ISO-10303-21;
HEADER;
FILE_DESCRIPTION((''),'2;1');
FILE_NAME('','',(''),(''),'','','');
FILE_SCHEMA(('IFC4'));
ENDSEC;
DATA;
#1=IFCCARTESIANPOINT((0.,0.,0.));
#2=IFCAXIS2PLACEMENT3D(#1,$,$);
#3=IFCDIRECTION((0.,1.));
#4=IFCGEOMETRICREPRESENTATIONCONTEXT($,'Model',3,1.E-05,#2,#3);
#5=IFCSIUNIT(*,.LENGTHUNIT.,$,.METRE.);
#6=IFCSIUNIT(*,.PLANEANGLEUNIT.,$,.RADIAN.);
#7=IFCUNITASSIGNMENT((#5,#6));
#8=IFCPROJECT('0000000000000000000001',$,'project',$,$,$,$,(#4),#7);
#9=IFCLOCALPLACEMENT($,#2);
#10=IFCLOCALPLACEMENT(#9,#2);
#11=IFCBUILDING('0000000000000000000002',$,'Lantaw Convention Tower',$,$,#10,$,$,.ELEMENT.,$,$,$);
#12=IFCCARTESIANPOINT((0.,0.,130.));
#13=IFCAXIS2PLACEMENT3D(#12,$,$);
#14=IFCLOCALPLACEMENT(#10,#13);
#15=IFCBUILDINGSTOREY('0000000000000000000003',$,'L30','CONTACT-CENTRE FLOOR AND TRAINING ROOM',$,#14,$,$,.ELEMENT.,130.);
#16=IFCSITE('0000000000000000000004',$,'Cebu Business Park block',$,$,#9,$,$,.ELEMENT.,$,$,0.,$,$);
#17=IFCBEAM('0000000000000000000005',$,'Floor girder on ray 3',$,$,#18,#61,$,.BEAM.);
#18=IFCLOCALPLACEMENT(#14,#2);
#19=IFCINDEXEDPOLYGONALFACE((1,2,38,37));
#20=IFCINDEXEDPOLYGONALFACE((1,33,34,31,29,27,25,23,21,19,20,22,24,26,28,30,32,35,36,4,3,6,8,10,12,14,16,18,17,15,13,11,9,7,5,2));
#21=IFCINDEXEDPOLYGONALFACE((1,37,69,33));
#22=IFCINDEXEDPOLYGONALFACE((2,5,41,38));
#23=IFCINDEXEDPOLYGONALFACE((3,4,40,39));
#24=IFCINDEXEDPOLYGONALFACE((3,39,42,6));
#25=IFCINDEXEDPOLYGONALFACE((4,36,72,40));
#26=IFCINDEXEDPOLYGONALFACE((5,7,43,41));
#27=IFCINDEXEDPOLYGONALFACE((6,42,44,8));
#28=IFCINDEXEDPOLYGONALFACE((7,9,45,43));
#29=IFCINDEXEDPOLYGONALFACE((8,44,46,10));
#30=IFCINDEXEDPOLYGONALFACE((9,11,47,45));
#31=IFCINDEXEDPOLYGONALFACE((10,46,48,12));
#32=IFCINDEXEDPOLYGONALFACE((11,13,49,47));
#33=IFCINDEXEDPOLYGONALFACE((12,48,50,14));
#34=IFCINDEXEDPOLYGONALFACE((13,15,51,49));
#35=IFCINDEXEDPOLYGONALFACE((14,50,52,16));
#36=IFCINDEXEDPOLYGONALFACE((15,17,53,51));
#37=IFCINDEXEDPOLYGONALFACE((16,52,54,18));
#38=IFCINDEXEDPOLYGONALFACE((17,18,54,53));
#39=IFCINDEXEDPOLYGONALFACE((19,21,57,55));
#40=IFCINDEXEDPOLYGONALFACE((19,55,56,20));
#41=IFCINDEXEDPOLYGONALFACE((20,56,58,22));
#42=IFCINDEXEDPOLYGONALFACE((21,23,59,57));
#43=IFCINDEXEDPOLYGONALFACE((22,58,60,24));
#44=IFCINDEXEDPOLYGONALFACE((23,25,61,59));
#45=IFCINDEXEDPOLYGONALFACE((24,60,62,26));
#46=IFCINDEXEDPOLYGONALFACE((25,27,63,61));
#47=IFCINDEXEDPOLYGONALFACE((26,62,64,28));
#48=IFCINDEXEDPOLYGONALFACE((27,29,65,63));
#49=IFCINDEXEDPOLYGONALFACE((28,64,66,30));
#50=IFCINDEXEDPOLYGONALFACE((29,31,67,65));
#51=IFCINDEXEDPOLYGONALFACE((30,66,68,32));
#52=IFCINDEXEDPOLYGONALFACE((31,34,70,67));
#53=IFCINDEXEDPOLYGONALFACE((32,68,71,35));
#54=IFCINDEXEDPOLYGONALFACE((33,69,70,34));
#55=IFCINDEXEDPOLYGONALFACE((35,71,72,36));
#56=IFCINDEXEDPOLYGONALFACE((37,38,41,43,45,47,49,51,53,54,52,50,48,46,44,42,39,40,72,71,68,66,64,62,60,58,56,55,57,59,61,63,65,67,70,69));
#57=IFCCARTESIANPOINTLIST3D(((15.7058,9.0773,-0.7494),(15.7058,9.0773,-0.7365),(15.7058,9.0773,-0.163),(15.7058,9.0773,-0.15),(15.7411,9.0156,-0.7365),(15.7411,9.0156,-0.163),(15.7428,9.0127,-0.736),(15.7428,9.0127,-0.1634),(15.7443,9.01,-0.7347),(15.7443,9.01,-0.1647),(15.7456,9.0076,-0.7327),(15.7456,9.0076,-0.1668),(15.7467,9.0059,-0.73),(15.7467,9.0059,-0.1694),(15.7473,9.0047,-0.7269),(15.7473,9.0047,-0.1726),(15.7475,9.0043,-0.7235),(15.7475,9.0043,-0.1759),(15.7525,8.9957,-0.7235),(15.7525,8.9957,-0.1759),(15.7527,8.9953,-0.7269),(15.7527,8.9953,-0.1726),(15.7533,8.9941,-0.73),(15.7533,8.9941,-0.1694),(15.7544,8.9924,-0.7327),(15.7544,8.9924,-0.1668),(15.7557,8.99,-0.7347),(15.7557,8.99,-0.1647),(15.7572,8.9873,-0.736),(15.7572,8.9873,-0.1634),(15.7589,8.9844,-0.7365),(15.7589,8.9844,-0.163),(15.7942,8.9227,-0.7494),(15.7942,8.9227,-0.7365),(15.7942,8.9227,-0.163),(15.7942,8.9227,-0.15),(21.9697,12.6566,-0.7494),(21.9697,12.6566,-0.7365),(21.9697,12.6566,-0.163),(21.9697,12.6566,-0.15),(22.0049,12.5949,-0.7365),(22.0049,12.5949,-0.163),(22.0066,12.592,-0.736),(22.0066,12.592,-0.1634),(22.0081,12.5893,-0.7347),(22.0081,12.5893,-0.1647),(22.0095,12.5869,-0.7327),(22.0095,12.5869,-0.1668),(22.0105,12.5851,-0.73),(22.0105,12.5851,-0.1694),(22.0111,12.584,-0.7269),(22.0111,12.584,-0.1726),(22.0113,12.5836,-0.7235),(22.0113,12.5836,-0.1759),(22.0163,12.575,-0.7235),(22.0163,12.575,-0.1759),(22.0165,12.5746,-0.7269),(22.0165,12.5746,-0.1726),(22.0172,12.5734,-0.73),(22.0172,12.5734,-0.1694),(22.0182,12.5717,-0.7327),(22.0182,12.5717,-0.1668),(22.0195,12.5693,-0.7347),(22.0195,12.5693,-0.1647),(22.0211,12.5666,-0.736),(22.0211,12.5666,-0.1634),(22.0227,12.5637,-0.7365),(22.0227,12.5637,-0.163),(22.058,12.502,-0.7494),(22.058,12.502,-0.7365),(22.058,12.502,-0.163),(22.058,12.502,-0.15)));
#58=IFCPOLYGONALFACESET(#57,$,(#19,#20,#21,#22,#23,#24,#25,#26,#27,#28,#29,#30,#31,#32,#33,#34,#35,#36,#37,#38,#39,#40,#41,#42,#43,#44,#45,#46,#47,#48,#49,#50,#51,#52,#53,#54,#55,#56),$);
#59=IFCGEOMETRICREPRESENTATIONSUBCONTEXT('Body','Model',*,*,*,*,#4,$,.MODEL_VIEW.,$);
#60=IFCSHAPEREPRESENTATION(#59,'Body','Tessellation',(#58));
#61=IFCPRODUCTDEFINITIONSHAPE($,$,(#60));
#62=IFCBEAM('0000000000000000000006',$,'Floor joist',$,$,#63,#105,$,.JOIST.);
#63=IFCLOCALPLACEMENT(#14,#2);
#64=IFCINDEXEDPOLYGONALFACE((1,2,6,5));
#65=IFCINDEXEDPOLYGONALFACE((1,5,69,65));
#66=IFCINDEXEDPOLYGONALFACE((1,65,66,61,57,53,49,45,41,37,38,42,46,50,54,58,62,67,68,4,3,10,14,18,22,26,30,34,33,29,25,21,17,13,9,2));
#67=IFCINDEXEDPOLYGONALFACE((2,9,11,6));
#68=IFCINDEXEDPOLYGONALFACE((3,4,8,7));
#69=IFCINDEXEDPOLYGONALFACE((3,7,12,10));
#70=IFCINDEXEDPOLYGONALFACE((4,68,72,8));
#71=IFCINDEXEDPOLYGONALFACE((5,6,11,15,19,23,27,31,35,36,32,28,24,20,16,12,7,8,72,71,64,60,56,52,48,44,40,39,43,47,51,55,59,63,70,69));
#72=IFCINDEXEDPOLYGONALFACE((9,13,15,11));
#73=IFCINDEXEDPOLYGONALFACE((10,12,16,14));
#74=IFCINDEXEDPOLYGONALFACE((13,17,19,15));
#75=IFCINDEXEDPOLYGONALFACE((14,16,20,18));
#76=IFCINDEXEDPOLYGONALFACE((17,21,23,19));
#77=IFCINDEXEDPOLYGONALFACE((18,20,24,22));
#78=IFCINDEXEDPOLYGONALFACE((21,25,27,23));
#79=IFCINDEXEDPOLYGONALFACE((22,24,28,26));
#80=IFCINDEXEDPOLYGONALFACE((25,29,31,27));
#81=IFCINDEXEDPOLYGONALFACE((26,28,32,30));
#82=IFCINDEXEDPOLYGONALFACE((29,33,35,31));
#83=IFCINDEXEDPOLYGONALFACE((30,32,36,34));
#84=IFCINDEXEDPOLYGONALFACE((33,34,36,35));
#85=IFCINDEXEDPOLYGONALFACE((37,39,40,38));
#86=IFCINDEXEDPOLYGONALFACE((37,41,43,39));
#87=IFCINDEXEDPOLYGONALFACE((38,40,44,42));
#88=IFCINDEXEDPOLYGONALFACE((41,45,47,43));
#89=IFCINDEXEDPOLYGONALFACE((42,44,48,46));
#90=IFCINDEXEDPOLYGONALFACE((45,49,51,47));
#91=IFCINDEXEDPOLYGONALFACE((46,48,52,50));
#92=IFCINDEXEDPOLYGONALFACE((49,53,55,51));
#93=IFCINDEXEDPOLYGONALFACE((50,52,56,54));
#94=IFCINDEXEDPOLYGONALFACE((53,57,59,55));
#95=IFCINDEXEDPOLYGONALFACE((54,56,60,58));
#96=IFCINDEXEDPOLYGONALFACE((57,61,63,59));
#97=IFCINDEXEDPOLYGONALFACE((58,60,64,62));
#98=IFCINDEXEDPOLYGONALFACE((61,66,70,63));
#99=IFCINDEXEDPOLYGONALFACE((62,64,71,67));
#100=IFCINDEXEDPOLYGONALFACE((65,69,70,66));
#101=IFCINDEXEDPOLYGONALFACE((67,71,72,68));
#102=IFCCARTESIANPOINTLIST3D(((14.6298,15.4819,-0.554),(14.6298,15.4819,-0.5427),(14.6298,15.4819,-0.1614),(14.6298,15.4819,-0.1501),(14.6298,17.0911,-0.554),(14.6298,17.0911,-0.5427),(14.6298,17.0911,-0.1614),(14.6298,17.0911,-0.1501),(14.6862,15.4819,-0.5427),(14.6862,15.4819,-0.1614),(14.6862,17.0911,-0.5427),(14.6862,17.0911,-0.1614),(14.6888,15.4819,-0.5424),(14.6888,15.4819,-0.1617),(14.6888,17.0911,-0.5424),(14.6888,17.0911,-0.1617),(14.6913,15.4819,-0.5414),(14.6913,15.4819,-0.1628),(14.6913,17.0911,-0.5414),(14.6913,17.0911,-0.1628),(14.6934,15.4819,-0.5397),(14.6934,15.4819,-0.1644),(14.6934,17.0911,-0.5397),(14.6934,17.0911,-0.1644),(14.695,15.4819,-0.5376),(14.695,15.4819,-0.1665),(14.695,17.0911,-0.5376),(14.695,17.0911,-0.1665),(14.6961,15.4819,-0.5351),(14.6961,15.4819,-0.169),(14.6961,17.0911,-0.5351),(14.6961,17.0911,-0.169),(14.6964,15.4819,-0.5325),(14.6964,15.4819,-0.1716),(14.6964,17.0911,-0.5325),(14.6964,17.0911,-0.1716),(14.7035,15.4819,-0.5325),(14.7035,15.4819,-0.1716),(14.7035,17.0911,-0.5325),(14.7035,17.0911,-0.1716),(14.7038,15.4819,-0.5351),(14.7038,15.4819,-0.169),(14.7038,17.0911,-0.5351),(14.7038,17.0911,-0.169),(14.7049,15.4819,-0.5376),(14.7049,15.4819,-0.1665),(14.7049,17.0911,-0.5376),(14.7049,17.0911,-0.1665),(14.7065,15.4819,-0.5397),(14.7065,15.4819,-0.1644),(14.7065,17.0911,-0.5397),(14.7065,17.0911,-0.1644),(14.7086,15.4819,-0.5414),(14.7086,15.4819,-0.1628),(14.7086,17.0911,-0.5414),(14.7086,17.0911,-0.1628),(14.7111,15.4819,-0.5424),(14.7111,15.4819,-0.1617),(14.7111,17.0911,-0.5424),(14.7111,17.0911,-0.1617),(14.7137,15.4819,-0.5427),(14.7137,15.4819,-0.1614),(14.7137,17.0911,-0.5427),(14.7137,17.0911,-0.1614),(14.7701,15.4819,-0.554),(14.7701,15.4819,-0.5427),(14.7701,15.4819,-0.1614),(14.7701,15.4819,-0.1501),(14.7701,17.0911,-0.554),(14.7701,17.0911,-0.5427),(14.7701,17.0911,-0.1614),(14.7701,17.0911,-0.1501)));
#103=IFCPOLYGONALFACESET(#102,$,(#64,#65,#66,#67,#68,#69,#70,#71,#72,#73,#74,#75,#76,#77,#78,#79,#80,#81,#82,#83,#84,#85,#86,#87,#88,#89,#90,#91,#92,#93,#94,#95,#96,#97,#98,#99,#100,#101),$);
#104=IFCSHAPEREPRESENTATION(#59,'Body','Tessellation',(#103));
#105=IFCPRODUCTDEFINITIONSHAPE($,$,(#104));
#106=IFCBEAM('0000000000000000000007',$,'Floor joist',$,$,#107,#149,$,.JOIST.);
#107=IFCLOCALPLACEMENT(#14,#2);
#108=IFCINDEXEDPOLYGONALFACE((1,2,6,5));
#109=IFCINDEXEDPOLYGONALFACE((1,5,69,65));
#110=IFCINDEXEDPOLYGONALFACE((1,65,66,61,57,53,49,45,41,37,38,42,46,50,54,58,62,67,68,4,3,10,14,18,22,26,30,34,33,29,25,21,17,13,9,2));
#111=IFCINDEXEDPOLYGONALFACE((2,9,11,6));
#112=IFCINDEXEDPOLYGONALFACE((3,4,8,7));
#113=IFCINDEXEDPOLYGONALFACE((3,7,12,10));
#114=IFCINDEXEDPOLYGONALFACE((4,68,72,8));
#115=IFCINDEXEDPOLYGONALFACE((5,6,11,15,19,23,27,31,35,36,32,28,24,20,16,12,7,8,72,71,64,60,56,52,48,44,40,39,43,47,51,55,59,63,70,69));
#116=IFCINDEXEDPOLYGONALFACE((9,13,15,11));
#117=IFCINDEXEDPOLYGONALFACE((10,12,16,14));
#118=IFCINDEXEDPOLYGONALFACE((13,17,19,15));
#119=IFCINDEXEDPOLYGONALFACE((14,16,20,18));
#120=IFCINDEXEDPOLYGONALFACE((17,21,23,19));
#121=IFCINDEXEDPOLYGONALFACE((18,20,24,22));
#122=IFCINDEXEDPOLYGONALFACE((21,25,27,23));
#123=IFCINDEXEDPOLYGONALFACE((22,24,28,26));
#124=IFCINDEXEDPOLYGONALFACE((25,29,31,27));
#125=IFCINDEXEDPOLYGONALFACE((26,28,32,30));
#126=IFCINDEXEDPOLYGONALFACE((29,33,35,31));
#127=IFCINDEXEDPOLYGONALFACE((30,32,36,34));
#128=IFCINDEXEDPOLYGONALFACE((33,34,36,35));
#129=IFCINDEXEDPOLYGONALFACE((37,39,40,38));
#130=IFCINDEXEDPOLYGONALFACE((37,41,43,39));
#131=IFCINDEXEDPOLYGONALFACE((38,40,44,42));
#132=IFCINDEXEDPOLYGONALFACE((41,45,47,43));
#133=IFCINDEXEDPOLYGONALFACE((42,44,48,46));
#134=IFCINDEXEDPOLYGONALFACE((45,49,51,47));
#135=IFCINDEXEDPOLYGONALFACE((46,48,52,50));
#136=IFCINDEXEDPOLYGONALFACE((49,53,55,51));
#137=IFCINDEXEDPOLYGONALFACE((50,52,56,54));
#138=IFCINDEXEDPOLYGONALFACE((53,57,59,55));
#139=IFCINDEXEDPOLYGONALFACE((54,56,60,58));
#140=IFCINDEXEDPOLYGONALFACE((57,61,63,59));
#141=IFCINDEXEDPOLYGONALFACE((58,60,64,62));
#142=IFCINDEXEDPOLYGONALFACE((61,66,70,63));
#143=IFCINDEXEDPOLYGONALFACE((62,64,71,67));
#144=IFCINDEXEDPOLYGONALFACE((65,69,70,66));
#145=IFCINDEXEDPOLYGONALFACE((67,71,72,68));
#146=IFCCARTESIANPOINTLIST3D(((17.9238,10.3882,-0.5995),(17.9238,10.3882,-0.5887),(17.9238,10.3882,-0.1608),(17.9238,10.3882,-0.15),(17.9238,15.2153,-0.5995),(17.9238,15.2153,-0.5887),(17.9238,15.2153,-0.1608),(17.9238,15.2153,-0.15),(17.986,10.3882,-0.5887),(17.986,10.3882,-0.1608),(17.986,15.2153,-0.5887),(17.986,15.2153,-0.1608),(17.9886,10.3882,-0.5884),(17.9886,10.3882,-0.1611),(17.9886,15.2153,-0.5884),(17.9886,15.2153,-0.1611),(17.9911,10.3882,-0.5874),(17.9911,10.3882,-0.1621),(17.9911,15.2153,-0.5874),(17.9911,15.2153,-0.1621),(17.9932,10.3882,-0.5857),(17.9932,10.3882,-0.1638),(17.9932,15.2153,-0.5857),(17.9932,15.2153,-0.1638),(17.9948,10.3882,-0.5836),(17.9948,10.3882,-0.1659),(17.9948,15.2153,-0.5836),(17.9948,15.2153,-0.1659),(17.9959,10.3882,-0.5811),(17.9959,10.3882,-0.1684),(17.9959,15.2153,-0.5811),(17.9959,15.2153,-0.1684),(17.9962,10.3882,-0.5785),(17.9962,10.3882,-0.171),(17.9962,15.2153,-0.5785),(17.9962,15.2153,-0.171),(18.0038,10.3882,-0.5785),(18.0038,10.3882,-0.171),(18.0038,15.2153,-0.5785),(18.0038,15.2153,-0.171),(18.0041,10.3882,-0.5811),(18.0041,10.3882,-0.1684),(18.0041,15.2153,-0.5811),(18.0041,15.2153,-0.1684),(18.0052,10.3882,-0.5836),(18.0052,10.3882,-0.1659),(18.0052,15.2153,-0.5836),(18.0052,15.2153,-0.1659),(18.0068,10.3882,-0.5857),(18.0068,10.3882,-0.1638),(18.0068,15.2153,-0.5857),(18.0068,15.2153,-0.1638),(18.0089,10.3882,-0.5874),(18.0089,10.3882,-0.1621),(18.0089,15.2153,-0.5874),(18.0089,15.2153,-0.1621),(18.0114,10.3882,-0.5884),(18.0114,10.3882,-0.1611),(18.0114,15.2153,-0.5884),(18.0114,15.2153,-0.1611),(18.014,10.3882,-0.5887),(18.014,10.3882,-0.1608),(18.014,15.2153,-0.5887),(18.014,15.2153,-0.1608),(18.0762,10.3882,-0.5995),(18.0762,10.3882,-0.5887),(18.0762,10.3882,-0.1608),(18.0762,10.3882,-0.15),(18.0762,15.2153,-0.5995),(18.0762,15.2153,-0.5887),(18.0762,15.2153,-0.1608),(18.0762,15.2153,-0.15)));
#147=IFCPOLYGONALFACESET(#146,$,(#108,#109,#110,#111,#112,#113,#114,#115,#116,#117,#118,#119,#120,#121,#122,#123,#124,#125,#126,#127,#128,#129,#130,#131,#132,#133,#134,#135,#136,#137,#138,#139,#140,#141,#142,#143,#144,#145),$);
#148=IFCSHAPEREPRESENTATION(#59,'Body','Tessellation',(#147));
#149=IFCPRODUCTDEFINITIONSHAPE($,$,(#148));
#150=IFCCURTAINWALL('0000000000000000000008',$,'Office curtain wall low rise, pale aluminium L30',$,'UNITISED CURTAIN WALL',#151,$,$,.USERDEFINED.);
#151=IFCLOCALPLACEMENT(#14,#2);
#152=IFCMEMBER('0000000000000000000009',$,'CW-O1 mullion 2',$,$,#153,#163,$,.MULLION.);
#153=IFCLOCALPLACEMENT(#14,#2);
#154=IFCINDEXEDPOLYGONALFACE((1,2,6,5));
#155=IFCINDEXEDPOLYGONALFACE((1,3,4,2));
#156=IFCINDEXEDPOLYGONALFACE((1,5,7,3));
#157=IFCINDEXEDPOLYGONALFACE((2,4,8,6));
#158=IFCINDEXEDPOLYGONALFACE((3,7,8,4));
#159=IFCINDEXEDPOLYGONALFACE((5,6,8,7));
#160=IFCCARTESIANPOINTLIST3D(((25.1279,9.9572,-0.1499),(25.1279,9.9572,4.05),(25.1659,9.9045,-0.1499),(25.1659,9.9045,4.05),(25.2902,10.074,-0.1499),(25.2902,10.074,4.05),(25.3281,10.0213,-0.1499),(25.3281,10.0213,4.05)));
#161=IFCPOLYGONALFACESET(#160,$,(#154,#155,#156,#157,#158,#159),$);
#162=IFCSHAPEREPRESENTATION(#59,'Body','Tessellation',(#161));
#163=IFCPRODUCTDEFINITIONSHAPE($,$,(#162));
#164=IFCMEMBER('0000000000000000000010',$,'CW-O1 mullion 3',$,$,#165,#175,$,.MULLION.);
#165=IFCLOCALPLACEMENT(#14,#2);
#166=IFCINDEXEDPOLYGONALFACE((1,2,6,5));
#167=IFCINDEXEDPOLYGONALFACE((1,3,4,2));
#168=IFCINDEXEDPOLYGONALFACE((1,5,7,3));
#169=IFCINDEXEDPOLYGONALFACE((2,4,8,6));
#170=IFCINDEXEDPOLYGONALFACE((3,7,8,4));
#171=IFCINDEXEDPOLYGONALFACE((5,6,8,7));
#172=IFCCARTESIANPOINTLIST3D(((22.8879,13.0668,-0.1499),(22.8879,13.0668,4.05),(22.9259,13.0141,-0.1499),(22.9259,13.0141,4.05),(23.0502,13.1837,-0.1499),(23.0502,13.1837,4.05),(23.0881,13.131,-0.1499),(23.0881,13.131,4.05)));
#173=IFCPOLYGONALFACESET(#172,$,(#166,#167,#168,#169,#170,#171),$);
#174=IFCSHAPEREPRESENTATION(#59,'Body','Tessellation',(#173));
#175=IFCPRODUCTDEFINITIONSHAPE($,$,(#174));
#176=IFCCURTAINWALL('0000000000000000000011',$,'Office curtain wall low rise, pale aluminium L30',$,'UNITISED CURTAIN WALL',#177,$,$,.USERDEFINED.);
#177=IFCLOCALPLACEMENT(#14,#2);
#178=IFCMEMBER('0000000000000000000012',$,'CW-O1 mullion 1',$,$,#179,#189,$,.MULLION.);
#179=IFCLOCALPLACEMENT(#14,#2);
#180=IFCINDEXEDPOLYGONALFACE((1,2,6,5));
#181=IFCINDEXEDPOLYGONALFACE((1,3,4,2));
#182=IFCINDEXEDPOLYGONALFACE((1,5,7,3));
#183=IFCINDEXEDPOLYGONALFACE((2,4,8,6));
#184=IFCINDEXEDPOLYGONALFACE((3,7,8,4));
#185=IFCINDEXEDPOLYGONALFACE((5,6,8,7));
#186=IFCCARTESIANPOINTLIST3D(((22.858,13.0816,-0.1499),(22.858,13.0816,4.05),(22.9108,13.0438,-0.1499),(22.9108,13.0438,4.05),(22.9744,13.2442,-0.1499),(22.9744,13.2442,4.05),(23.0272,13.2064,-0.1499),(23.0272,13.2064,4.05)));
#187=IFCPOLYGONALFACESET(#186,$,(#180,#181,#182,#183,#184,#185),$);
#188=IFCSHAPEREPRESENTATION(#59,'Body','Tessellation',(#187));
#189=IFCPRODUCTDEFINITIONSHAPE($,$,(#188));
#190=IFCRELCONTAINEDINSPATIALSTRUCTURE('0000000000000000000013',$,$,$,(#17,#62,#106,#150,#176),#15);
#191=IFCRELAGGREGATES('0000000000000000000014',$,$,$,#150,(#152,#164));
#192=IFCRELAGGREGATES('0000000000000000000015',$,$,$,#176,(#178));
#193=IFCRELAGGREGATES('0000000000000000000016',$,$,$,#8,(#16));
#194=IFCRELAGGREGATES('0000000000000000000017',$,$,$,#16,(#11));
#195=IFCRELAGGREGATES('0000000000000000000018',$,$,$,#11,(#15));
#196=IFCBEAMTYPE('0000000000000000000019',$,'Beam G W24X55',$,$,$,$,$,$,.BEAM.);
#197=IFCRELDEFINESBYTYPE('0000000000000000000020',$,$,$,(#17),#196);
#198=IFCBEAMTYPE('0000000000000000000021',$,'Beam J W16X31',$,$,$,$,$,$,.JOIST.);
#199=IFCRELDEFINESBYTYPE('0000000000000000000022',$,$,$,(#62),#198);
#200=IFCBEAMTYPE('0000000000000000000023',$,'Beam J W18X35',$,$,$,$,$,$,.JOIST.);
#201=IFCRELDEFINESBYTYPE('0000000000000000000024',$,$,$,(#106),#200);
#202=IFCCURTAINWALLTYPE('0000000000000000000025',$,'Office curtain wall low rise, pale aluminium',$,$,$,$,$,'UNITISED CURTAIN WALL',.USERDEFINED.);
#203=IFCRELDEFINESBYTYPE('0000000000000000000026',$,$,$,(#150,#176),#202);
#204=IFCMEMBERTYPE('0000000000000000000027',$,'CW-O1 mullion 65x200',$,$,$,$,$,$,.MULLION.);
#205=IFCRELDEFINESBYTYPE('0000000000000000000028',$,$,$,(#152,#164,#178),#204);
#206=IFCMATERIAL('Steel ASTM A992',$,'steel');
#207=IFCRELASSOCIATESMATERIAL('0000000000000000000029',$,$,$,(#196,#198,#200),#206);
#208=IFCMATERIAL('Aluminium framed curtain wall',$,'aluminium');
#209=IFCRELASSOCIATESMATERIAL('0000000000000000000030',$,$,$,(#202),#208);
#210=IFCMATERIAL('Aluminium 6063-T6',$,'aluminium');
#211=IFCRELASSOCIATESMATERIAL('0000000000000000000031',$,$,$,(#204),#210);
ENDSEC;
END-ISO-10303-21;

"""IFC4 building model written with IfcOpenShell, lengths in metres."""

from ifc_helpers import new_model, si_unit, direction, frame, origin, origin_2d, place, context, subcontext, project, spatial, rectangle, i_section, extrude, material, material_profile, profile_set, type_object, element, aggregate, save


model = new_model("IFC4")

# Units and contexts
model_context = context("Model", 3, precision=1e-05, world=origin(), true_north=direction((0.0, 1.0)))
body_context = subcontext(model_context, "Body", "Model", "MODEL_VIEW")
ifc_project = project(units=[si_unit("LENGTHUNIT", "METRE"), si_unit("PLANEANGLEUNIT", "RADIAN")], contexts=[model_context])

# Site, building, storey
site_placement = place(None, origin())
site = spatial("IfcSite", under=ifc_project, at=site_placement, Name="Cebu Business Park block", CompositionType="ELEMENT", RefElevation=0.0)
building_placement = place(site_placement, origin())
building = spatial("IfcBuilding", under=site, at=building_placement, Name="Lantaw Convention Tower", CompositionType="ELEMENT")
storey_placement = place(building_placement, frame((0.0, 0.0, 130.0)))
storey = spatial("IfcBuildingStorey", under=building, at=storey_placement, Name="L30", Description="CONTACT-CENTRE FLOOR AND TRAINING ROOM", CompositionType="ELEMENT", Elevation=130.0)

# Beams
ifc_material_1 = material(Name="Steel ASTM A992", Category="steel")
ifc_material_profile_1 = material_profile(ifc_material_1, i_section(OverallWidth=0.178, OverallDepth=0.5994, WebThickness=0.01, FlangeThickness=0.0129, FilletRadius=0.0129, at=origin_2d()), Name="W24X55")
ifc_profile_set_1 = profile_set([ifc_material_profile_1], Name="Steel ASTM A992")
beam_type_1 = type_object("IfcBeamType", Name="Beam G W24X55", PredefinedType="BEAM", material=ifc_profile_set_1)
beam_1_placement = place(storey_placement, frame((15.75, 9.0, -0.4497), z_axis=(0.868245, 0.496135, 0.0), x_axis=(-0.496135, 0.868245, 0.0)))
element("IfcBeam", 1, at=beam_1_placement, inside=storey, type_object=beam_type_1, Name="Floor girder on ray 3", PredefinedType="BEAM", context=body_context, shape_type="SweptSolid", body=[
    extrude(i_section(OverallWidth=0.178, OverallDepth=0.5994, WebThickness=0.01, FlangeThickness=0.0129, FilletRadius=0.0129, at=origin_2d()), origin(), (0.0, 0.0, 1.0), 7.2144),
])
ifc_material_profile_2 = material_profile(ifc_material_1, i_section(OverallWidth=0.1404, OverallDepth=0.4038, WebThickness=0.0071, FlangeThickness=0.0112, FilletRadius=0.0103, at=origin_2d()), Name="W16X31")
ifc_profile_set_2 = profile_set([ifc_material_profile_2], Name="Steel ASTM A992")
beam_type_2 = type_object("IfcBeamType", Name="Beam J W16X31", PredefinedType="JOIST", material=ifc_profile_set_2)
beam_2_placement = place(storey_placement, frame((14.7, 15.4819, -0.3521), z_axis=(0.0, 1.0, 0.0), x_axis=(-1.0, 0.0, 0.0)))
element("IfcBeam", 2, at=beam_2_placement, inside=storey, type_object=beam_type_2, Name="Floor joist", PredefinedType="JOIST", context=body_context, shape_type="SweptSolid", body=[
    extrude(i_section(OverallWidth=0.1404, OverallDepth=0.4038, WebThickness=0.0071, FlangeThickness=0.0112, FilletRadius=0.0103, at=origin_2d()), origin(), (0.0, 0.0, 1.0), 1.6091),
])
ifc_material_profile_3 = material_profile(ifc_material_1, i_section(OverallWidth=0.1523, OverallDepth=0.4495, WebThickness=0.0076, FlangeThickness=0.0107, FilletRadius=0.0103, at=origin_2d()), Name="W18X35")
ifc_profile_set_3 = profile_set([ifc_material_profile_3], Name="Steel ASTM A992")
beam_type_3 = type_object("IfcBeamType", Name="Beam J W18X35", PredefinedType="JOIST", material=ifc_profile_set_3)
beam_3_placement = place(storey_placement, frame((18.0, 10.3882, -0.3748), z_axis=(0.0, 1.0, 0.0), x_axis=(-1.0, 0.0, 0.0)))
element("IfcBeam", 3, at=beam_3_placement, inside=storey, type_object=beam_type_3, Name="Floor joist", PredefinedType="JOIST", context=body_context, shape_type="SweptSolid", body=[
    extrude(i_section(OverallWidth=0.1523, OverallDepth=0.4495, WebThickness=0.0076, FlangeThickness=0.0107, FilletRadius=0.0103, at=origin_2d()), origin(), (0.0, 0.0, 1.0), 4.8271),
])

# Curtain walls, members
ifc_material_2 = material(Name="Aluminium framed curtain wall", Category="aluminium")
curtain_wall_type = type_object("IfcCurtainWallType", Name="Office curtain wall low rise, pale aluminium", ElementType="UNITISED CURTAIN WALL", PredefinedType="USERDEFINED", material=ifc_material_2)
curtain_wall_1_placement = place(storey_placement, origin())
curtain_wall_1 = element("IfcCurtainWall", 4, at=curtain_wall_1_placement, inside=storey, type_object=curtain_wall_type, Name="Office curtain wall low rise, pale aluminium L30", ObjectType="UNITISED CURTAIN WALL", PredefinedType="USERDEFINED")
ifc_material_3 = material(Name="Aluminium 6063-T6", Category="aluminium")
ifc_material_profile_4 = material_profile(ifc_material_3, rectangle(XDim=0.2, YDim=0.0649, at=origin_2d()), Name="CW-O1 mullion 65x200")
ifc_profile_set_4 = profile_set([ifc_material_profile_4], Name="Aluminium 6063-T6")
member_type_1 = type_object("IfcMemberType", Name="CW-O1 mullion 65x200", PredefinedType="MULLION", material=ifc_profile_set_4)
member_1_placement = place(storey_placement, frame((25.228, 9.9893, -0.1499), z_axis=(0.0, 0.0, 1.0), x_axis=(-0.811385, -0.584513, 0.0)))
member_1 = element("IfcMember", 5, at=member_1_placement, type_object=member_type_1, Name="CW-O1 mullion 2", PredefinedType="MULLION", context=body_context, shape_type="SweptSolid", body=[
    extrude(rectangle(XDim=0.2, YDim=0.0649, at=origin_2d()), origin(), (0.0, 0.0, 1.0), 4.2),
])
member_2_placement = place(storey_placement, frame((22.988, 13.0989, -0.1499), z_axis=(0.0, 0.0, 1.0), x_axis=(-0.811385, -0.584513, 0.0)))
member_2 = element("IfcMember", 6, at=member_2_placement, type_object=member_type_1, Name="CW-O1 mullion 3", PredefinedType="MULLION", context=body_context, shape_type="SweptSolid", body=[
    extrude(rectangle(XDim=0.2, YDim=0.0649, at=origin_2d()), origin(), (0.0, 0.0, 1.0), 4.2),
])
curtain_wall_2_placement = place(storey_placement, origin())
curtain_wall_2 = element("IfcCurtainWall", 7, at=curtain_wall_2_placement, inside=storey, type_object=curtain_wall_type, Name="Office curtain wall low rise, pale aluminium L30", ObjectType="UNITISED CURTAIN WALL", PredefinedType="USERDEFINED")
member_3_placement = place(storey_placement, frame((22.9426, 13.144, -0.1499), z_axis=(0.0, 0.0, 1.0), x_axis=(-0.581973, -0.813208, 0.0)))
member_3 = element("IfcMember", 8, at=member_3_placement, type_object=member_type_1, Name="CW-O1 mullion 1", PredefinedType="MULLION", context=body_context, shape_type="SweptSolid", body=[
    extrude(rectangle(XDim=0.2, YDim=0.0649, at=origin_2d()), origin(), (0.0, 0.0, 1.0), 4.2),
])

aggregate(curtain_wall_1, [member_1, member_2])
aggregate(curtain_wall_2, [member_3])

save(model, "model.ifc")
